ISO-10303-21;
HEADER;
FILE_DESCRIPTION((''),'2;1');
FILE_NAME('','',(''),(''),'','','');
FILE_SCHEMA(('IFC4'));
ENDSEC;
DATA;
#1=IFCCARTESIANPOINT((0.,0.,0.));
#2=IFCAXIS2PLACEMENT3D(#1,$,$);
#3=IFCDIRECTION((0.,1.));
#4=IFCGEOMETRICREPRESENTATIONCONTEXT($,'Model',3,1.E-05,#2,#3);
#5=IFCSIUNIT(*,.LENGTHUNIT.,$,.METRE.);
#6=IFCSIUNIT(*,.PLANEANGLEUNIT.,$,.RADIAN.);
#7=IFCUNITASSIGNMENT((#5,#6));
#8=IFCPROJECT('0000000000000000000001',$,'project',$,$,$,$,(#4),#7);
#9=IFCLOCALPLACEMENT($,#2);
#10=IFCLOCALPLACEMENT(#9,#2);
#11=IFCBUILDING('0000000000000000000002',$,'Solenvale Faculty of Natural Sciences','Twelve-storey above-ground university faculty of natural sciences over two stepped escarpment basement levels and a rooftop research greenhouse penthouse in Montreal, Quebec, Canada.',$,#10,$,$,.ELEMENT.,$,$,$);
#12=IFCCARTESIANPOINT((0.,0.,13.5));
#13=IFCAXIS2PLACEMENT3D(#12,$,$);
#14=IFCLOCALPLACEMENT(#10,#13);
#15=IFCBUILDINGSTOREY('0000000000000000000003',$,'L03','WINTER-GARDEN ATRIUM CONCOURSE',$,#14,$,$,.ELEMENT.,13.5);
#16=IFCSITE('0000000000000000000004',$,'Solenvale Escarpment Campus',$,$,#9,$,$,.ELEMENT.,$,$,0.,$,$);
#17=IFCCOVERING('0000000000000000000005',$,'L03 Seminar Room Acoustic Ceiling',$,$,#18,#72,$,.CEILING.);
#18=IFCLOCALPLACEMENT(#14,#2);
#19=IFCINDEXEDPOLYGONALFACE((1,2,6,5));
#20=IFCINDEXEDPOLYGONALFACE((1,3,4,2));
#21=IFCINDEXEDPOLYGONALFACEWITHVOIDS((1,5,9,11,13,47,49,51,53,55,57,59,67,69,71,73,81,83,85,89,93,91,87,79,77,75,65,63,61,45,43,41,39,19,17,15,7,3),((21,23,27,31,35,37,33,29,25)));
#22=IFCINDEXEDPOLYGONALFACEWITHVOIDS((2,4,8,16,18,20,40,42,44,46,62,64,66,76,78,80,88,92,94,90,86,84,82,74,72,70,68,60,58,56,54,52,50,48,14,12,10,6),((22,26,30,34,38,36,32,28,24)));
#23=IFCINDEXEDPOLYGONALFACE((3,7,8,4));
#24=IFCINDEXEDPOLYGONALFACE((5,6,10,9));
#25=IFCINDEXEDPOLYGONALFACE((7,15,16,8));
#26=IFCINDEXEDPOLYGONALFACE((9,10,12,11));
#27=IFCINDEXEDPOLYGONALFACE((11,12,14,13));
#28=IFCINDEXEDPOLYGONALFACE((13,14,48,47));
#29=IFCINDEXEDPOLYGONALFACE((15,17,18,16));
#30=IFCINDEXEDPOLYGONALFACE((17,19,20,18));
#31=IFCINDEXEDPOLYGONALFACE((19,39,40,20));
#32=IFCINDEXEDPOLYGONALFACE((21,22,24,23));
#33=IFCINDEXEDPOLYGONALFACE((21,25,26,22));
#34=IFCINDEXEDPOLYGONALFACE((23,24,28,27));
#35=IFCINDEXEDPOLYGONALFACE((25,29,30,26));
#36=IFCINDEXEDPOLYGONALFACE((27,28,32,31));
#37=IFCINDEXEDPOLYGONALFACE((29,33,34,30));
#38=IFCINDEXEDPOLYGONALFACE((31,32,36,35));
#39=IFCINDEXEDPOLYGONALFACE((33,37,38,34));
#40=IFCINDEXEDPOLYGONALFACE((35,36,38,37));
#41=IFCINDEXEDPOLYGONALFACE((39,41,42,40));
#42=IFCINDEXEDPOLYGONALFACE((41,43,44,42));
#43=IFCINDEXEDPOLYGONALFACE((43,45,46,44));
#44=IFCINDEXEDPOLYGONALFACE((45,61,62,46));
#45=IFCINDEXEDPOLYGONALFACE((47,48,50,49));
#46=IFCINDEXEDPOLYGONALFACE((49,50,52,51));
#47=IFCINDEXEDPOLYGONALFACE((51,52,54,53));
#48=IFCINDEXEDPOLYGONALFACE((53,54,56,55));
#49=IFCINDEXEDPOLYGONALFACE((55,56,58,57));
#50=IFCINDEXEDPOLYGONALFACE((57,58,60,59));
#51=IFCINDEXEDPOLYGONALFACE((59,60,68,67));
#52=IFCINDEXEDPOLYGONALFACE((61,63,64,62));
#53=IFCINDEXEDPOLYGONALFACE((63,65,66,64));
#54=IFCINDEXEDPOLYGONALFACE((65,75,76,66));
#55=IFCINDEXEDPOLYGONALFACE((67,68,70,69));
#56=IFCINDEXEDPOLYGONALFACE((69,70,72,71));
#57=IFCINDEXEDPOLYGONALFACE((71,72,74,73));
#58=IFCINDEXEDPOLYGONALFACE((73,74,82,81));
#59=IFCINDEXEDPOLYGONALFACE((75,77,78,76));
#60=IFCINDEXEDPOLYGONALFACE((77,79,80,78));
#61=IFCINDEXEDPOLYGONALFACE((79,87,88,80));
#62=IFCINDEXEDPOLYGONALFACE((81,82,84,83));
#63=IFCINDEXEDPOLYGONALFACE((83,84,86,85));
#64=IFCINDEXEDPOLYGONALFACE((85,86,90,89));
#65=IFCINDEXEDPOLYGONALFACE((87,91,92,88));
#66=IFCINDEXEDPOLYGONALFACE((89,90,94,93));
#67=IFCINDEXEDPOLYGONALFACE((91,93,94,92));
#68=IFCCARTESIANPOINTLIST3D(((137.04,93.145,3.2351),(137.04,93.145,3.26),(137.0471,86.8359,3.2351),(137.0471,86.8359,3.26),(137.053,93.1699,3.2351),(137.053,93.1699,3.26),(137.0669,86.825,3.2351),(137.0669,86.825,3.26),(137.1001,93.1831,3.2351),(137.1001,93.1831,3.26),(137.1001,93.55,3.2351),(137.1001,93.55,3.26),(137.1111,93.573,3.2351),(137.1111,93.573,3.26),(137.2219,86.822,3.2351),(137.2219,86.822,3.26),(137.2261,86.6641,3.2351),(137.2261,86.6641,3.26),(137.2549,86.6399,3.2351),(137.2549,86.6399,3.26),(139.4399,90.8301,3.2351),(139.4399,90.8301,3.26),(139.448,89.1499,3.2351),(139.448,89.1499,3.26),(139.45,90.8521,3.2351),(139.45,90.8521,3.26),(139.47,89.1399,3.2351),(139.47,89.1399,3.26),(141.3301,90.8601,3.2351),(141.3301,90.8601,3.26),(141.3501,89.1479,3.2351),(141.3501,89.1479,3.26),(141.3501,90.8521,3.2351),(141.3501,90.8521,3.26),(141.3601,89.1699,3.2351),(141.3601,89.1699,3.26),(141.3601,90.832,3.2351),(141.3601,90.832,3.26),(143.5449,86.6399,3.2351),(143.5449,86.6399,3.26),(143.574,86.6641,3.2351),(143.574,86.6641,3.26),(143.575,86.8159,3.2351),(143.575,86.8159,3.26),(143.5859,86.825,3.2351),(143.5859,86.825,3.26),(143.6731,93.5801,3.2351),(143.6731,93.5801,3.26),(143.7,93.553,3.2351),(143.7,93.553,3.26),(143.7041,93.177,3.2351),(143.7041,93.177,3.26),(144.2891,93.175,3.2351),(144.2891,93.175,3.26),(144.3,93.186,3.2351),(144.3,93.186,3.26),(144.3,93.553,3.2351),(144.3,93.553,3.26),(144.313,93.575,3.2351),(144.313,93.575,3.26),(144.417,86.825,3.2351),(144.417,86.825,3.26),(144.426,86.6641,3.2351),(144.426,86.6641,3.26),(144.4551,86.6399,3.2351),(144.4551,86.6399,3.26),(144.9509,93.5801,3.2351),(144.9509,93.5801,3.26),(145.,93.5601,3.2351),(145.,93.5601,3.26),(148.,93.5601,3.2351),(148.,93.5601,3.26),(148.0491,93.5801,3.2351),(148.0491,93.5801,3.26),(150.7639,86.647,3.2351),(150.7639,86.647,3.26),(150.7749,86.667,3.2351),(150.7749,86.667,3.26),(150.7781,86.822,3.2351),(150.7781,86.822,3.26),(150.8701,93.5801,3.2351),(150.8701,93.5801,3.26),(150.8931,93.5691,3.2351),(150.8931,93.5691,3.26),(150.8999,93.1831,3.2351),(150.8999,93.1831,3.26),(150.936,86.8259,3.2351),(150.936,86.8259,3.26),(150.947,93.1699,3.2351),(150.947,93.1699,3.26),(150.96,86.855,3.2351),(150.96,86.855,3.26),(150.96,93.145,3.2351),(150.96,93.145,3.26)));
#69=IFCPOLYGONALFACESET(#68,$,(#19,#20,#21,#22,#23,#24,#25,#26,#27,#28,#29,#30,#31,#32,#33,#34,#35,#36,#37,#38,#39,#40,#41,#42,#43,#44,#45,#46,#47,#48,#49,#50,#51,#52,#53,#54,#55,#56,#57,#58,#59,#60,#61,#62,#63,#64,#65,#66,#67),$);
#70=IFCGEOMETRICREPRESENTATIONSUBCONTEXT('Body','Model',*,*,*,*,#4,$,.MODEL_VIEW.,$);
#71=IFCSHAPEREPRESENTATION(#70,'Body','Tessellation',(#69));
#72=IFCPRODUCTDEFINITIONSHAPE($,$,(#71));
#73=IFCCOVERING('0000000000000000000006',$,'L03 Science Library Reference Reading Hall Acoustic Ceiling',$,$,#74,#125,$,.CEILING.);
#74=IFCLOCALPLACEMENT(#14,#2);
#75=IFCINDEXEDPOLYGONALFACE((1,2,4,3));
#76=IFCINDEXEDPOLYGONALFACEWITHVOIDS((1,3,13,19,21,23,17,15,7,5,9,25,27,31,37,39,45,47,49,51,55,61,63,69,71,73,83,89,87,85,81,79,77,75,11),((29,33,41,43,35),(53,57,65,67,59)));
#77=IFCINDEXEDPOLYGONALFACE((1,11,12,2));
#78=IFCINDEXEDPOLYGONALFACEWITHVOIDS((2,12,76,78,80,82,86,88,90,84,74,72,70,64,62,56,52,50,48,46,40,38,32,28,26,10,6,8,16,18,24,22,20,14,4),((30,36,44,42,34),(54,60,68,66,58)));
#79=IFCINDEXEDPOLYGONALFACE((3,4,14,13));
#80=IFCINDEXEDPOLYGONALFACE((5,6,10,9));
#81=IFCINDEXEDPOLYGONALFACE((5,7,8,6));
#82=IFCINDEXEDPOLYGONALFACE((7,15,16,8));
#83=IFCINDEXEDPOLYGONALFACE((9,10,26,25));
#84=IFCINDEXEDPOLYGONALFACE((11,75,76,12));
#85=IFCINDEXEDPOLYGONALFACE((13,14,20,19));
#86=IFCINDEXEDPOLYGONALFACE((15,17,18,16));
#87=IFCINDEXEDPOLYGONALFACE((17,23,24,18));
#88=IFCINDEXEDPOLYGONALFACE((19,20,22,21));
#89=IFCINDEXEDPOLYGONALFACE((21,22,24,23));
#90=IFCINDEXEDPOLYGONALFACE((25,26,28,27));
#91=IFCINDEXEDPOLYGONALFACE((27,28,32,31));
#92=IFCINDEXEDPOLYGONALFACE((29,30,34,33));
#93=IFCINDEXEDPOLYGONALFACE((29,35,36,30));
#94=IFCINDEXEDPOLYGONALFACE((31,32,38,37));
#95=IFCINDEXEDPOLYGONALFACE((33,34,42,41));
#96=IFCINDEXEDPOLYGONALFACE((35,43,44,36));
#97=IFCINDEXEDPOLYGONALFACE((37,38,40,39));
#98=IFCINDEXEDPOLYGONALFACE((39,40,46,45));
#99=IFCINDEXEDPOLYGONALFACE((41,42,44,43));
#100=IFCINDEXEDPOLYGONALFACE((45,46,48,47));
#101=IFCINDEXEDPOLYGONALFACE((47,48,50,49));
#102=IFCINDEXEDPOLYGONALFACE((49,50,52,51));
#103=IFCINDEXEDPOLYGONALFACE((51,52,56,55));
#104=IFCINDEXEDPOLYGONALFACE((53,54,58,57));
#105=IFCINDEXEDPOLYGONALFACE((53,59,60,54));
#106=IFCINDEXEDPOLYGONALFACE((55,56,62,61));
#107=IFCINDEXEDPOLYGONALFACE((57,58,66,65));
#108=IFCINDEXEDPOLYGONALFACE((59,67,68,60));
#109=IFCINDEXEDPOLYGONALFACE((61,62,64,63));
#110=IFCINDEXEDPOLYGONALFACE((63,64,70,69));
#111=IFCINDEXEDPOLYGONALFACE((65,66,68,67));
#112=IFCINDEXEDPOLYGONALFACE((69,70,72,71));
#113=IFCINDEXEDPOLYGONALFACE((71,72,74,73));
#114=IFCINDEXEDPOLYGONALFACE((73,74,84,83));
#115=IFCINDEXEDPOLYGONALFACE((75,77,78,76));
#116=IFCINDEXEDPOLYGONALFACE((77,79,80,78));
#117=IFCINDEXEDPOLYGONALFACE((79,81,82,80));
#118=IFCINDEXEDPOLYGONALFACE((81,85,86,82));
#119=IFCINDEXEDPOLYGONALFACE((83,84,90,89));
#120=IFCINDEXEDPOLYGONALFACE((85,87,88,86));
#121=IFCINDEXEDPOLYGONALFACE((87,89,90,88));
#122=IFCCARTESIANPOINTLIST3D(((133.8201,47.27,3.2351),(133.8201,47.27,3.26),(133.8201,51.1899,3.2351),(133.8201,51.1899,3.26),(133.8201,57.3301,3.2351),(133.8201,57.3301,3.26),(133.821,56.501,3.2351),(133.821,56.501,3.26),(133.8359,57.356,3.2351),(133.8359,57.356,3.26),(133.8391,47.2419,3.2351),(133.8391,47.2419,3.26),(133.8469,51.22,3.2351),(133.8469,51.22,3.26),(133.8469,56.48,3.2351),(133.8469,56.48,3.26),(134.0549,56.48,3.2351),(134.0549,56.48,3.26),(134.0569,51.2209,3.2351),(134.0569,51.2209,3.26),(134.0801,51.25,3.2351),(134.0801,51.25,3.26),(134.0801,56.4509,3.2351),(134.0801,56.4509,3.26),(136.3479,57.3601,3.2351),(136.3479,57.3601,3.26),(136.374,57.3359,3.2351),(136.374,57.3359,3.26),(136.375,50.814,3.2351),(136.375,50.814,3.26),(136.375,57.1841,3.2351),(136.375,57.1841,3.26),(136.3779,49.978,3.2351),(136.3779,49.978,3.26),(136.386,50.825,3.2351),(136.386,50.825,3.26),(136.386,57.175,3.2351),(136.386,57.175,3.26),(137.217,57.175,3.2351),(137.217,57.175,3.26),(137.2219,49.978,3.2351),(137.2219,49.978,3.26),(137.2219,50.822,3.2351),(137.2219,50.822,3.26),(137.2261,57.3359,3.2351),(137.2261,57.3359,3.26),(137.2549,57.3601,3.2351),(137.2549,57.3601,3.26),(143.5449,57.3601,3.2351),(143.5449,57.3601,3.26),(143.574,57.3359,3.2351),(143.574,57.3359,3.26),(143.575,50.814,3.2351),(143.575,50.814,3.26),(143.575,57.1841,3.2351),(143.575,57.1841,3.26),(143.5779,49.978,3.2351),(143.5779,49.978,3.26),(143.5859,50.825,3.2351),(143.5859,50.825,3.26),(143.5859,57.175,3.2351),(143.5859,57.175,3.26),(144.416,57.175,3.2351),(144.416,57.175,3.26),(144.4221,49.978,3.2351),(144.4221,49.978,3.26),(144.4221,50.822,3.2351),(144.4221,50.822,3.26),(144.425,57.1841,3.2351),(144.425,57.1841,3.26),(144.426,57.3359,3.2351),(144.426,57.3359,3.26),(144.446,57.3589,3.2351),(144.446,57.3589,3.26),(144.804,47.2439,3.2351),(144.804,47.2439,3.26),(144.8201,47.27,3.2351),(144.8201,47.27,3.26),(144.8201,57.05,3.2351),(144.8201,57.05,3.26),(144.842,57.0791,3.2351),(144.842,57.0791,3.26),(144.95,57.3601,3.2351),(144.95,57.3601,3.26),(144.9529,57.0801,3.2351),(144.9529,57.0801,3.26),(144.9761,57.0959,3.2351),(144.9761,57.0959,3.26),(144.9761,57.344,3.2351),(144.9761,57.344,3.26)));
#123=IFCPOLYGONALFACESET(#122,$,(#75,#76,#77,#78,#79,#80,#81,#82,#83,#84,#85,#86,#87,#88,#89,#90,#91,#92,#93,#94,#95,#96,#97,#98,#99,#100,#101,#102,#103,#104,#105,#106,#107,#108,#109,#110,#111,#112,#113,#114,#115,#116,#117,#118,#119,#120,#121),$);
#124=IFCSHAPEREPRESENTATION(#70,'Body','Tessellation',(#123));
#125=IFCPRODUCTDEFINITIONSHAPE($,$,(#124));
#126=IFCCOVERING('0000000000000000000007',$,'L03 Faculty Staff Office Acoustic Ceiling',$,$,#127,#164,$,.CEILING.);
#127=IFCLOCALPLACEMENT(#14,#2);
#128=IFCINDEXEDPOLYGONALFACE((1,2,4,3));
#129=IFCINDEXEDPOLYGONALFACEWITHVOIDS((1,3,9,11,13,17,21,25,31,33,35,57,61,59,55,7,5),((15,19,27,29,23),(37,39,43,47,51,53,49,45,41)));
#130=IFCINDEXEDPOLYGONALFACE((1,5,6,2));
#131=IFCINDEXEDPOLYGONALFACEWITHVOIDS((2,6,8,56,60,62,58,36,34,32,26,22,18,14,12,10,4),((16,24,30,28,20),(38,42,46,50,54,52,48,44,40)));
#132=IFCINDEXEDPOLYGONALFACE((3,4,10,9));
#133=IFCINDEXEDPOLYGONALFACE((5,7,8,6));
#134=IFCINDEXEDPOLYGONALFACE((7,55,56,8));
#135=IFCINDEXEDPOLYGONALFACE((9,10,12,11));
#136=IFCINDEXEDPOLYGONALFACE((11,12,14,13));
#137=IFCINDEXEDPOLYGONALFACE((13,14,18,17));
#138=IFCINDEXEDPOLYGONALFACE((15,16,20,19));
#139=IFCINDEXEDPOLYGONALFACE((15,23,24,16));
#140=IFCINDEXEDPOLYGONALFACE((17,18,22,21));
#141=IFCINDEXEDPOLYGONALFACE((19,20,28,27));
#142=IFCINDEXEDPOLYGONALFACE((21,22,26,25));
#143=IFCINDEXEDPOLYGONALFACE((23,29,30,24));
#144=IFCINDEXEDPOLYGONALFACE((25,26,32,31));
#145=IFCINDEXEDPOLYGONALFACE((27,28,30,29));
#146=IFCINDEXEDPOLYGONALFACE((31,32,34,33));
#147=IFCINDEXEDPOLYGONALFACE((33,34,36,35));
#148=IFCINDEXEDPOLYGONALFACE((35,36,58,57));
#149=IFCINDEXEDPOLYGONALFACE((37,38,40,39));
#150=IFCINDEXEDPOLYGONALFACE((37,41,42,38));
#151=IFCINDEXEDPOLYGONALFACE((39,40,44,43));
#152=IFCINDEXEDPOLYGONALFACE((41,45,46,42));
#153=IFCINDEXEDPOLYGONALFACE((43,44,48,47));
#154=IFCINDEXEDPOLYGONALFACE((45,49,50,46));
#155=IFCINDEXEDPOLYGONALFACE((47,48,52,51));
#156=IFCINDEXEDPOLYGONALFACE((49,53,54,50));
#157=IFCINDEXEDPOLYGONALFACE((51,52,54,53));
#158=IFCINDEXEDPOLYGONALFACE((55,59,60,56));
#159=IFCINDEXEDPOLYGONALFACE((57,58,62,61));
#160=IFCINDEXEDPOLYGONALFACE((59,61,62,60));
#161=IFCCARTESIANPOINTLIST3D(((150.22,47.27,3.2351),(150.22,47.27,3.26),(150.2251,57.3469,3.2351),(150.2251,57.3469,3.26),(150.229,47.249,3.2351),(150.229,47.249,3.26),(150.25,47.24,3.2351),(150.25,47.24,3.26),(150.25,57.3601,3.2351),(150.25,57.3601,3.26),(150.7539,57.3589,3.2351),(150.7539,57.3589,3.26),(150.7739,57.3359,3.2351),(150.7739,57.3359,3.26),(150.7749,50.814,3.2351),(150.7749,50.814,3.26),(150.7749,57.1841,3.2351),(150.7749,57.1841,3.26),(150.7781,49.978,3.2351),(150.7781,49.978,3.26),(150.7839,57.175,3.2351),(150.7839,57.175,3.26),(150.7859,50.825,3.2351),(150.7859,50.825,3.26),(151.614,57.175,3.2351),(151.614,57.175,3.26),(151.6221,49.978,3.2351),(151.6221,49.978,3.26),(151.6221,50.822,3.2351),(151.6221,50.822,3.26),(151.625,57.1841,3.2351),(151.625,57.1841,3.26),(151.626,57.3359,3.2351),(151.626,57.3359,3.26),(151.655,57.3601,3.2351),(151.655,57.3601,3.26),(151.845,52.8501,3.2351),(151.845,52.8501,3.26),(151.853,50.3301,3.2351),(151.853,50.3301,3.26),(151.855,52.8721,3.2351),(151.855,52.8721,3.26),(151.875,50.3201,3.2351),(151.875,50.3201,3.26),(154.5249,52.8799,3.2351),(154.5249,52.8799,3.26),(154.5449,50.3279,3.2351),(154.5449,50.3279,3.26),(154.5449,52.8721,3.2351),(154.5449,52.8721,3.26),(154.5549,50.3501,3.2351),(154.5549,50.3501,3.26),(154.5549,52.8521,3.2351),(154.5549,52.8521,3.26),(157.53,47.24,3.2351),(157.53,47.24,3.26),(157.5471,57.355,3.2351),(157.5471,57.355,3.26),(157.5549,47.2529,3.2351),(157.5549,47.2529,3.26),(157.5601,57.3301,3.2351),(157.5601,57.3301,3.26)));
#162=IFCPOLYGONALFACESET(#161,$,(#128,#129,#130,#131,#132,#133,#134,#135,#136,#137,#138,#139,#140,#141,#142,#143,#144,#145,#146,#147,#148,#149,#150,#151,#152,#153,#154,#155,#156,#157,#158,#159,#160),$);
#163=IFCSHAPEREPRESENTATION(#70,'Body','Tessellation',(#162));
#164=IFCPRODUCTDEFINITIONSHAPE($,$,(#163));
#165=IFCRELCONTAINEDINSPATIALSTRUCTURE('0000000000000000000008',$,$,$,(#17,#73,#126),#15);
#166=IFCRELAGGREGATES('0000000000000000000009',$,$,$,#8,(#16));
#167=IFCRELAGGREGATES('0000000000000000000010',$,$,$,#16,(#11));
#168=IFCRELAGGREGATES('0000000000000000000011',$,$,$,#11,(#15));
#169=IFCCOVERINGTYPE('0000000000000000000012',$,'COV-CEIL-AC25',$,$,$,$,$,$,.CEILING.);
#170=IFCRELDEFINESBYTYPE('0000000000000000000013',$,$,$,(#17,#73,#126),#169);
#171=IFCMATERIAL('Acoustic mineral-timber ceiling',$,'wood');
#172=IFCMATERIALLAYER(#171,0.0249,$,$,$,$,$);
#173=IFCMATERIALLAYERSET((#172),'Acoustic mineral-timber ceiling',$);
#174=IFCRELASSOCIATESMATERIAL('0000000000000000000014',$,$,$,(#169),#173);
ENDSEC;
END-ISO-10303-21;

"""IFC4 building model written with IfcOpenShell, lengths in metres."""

from ifc_helpers import new_model, si_unit, direction, frame, origin, place, context, subcontext, project, spatial, polyline, outline, extrude, material, layer, layer_set, type_object, element, save


model = new_model("IFC4")

# Units and contexts
model_context = context("Model", 3, precision=1e-05, world=origin(), true_north=direction((0.0, 1.0)))
body_context = subcontext(model_context, "Body", "Model", "MODEL_VIEW")
ifc_project = project(units=[si_unit("LENGTHUNIT", "METRE"), si_unit("PLANEANGLEUNIT", "RADIAN")], contexts=[model_context])

# Site, building, storey
site_placement = place(None, origin())
site = spatial("IfcSite", under=ifc_project, at=site_placement, Name="Solenvale Escarpment Campus", CompositionType="ELEMENT", RefElevation=0.0)
building_placement = place(site_placement, origin())
building = spatial("IfcBuilding", under=site, at=building_placement, Name="Solenvale Faculty of Natural Sciences", Description="Twelve-storey above-ground university faculty of natural sciences over two stepped escarpment basement levels and a rooftop research greenhouse penthouse in Montreal, Quebec, Canada.", CompositionType="ELEMENT")
storey_placement = place(building_placement, frame((0.0, 0.0, 13.5)))
storey = spatial("IfcBuildingStorey", under=building, at=storey_placement, Name="L03", Description="WINTER-GARDEN ATRIUM CONCOURSE", CompositionType="ELEMENT", Elevation=13.5)

# Coverings
ifc_material_1 = material(Name="Acoustic mineral-timber ceiling", Category="wood")
ifc_layer_1 = layer(ifc_material_1, 0.0249)
ifc_layer_set_1 = layer_set([ifc_layer_1], Name="Acoustic mineral-timber ceiling")
covering_type_1 = type_object("IfcCoveringType", Name="COV-CEIL-AC25", PredefinedType="CEILING", material=ifc_layer_set_1)
covering_1_placement = place(storey_placement, frame((0.0, 0.0, 3.2351)))
element("IfcCovering", 1, at=covering_1_placement, inside=storey, type_object=covering_type_1, Name="L03 Seminar Room Acoustic Ceiling", PredefinedType="CEILING", context=body_context, shape_type="SweptSolid", body=[
    extrude(outline(polyline([(144.9509, 93.5801), (145.0, 93.5601), (148.0, 93.5601), (148.0491, 93.5801), (150.8701, 93.5801), (150.8931, 93.5691), (150.8999, 93.1831), (150.947, 93.1699), (150.96, 93.145), (150.96, 86.855), (150.936, 86.8259), (150.7781, 86.822), (150.7749, 86.667), (150.7639, 86.647), (144.4551, 86.6399), (144.426, 86.6641), (144.417, 86.825), (143.5859, 86.825), (143.575, 86.8159), (143.574, 86.6641), (143.5449, 86.6399), (137.2549, 86.6399), (137.2261, 86.6641), (137.2219, 86.822), (137.0669, 86.825), (137.0471, 86.8359), (137.04, 93.145), (137.053, 93.1699), (137.1001, 93.1831), (137.1001, 93.55), (137.1111, 93.573), (143.6731, 93.5801), (143.7, 93.553), (143.7041, 93.177), (144.2891, 93.175), (144.3, 93.186), (144.3, 93.553), (144.313, 93.575), (144.9509, 93.5801)]), holes=[polyline([(141.3601, 90.832), (141.3501, 90.8521), (141.3301, 90.8601), (139.45, 90.8521), (139.4399, 90.8301), (139.448, 89.1499), (139.47, 89.1399), (141.3501, 89.1479), (141.3601, 89.1699), (141.3601, 90.832)])]), origin(), (0.0, 0.0, 1.0), 0.0249),
])
covering_2_placement = place(storey_placement, frame((0.0, 0.0, 3.2351)))
element("IfcCovering", 2, at=covering_2_placement, inside=storey, type_object=covering_type_1, Name="L03 Science Library Reference Reading Hall Acoustic Ceiling", PredefinedType="CEILING", context=body_context, shape_type="SweptSolid", body=[
    extrude(outline(polyline([(133.8201, 51.1899), (133.8469, 51.22), (134.0569, 51.2209), (134.0801, 51.25), (134.0801, 56.4509), (134.0549, 56.48), (133.8469, 56.48), (133.821, 56.501), (133.8201, 57.3301), (133.8359, 57.356), (136.3479, 57.3601), (136.374, 57.3359), (136.375, 57.1841), (136.386, 57.175), (137.217, 57.175), (137.2261, 57.3359), (137.2549, 57.3601), (143.5449, 57.3601), (143.574, 57.3359), (143.575, 57.1841), (143.5859, 57.175), (144.416, 57.175), (144.425, 57.1841), (144.426, 57.3359), (144.446, 57.3589), (144.95, 57.3601), (144.9761, 57.344), (144.9761, 57.0959), (144.9529, 57.0801), (144.842, 57.0791), (144.8201, 57.05), (144.8201, 47.27), (144.804, 47.2439), (133.8391, 47.2419), (133.8201, 47.27), (133.8201, 51.1899)]), holes=[polyline([(143.5859, 50.825), (143.575, 50.814), (143.5779, 49.978), (144.4221, 49.978), (144.4221, 50.822), (143.5859, 50.825)]), polyline([(136.386, 50.825), (136.375, 50.814), (136.3779, 49.978), (137.2219, 49.978), (137.2219, 50.822), (136.386, 50.825)])]), origin(), (0.0, 0.0, 1.0), 0.0249),
])
covering_3_placement = place(storey_placement, frame((0.0, 0.0, 3.2351)))
element("IfcCovering", 3, at=covering_3_placement, inside=storey, type_object=covering_type_1, Name="L03 Faculty Staff Office Acoustic Ceiling", PredefinedType="CEILING", context=body_context, shape_type="SweptSolid", body=[
    extrude(outline(polyline([(150.25, 47.24), (150.229, 47.249), (150.22, 47.27), (150.2251, 57.3469), (150.25, 57.3601), (150.7539, 57.3589), (150.7739, 57.3359), (150.7749, 57.1841), (150.7839, 57.175), (151.614, 57.175), (151.625, 57.1841), (151.626, 57.3359), (151.655, 57.3601), (157.5471, 57.355), (157.5601, 57.3301), (157.5549, 47.2529), (157.53, 47.24), (150.25, 47.24)]), holes=[polyline([(154.5549, 52.8521), (154.5449, 52.8721), (154.5249, 52.8799), (151.855, 52.8721), (151.845, 52.8501), (151.853, 50.3301), (151.875, 50.3201), (154.5449, 50.3279), (154.5549, 50.3501), (154.5549, 52.8521)]), polyline([(150.7859, 50.825), (150.7749, 50.814), (150.7781, 49.978), (151.6221, 49.978), (151.6221, 50.822), (150.7859, 50.825)])]), origin(), (0.0, 0.0, 1.0), 0.0249),
])

save(model, "model.ifc")
